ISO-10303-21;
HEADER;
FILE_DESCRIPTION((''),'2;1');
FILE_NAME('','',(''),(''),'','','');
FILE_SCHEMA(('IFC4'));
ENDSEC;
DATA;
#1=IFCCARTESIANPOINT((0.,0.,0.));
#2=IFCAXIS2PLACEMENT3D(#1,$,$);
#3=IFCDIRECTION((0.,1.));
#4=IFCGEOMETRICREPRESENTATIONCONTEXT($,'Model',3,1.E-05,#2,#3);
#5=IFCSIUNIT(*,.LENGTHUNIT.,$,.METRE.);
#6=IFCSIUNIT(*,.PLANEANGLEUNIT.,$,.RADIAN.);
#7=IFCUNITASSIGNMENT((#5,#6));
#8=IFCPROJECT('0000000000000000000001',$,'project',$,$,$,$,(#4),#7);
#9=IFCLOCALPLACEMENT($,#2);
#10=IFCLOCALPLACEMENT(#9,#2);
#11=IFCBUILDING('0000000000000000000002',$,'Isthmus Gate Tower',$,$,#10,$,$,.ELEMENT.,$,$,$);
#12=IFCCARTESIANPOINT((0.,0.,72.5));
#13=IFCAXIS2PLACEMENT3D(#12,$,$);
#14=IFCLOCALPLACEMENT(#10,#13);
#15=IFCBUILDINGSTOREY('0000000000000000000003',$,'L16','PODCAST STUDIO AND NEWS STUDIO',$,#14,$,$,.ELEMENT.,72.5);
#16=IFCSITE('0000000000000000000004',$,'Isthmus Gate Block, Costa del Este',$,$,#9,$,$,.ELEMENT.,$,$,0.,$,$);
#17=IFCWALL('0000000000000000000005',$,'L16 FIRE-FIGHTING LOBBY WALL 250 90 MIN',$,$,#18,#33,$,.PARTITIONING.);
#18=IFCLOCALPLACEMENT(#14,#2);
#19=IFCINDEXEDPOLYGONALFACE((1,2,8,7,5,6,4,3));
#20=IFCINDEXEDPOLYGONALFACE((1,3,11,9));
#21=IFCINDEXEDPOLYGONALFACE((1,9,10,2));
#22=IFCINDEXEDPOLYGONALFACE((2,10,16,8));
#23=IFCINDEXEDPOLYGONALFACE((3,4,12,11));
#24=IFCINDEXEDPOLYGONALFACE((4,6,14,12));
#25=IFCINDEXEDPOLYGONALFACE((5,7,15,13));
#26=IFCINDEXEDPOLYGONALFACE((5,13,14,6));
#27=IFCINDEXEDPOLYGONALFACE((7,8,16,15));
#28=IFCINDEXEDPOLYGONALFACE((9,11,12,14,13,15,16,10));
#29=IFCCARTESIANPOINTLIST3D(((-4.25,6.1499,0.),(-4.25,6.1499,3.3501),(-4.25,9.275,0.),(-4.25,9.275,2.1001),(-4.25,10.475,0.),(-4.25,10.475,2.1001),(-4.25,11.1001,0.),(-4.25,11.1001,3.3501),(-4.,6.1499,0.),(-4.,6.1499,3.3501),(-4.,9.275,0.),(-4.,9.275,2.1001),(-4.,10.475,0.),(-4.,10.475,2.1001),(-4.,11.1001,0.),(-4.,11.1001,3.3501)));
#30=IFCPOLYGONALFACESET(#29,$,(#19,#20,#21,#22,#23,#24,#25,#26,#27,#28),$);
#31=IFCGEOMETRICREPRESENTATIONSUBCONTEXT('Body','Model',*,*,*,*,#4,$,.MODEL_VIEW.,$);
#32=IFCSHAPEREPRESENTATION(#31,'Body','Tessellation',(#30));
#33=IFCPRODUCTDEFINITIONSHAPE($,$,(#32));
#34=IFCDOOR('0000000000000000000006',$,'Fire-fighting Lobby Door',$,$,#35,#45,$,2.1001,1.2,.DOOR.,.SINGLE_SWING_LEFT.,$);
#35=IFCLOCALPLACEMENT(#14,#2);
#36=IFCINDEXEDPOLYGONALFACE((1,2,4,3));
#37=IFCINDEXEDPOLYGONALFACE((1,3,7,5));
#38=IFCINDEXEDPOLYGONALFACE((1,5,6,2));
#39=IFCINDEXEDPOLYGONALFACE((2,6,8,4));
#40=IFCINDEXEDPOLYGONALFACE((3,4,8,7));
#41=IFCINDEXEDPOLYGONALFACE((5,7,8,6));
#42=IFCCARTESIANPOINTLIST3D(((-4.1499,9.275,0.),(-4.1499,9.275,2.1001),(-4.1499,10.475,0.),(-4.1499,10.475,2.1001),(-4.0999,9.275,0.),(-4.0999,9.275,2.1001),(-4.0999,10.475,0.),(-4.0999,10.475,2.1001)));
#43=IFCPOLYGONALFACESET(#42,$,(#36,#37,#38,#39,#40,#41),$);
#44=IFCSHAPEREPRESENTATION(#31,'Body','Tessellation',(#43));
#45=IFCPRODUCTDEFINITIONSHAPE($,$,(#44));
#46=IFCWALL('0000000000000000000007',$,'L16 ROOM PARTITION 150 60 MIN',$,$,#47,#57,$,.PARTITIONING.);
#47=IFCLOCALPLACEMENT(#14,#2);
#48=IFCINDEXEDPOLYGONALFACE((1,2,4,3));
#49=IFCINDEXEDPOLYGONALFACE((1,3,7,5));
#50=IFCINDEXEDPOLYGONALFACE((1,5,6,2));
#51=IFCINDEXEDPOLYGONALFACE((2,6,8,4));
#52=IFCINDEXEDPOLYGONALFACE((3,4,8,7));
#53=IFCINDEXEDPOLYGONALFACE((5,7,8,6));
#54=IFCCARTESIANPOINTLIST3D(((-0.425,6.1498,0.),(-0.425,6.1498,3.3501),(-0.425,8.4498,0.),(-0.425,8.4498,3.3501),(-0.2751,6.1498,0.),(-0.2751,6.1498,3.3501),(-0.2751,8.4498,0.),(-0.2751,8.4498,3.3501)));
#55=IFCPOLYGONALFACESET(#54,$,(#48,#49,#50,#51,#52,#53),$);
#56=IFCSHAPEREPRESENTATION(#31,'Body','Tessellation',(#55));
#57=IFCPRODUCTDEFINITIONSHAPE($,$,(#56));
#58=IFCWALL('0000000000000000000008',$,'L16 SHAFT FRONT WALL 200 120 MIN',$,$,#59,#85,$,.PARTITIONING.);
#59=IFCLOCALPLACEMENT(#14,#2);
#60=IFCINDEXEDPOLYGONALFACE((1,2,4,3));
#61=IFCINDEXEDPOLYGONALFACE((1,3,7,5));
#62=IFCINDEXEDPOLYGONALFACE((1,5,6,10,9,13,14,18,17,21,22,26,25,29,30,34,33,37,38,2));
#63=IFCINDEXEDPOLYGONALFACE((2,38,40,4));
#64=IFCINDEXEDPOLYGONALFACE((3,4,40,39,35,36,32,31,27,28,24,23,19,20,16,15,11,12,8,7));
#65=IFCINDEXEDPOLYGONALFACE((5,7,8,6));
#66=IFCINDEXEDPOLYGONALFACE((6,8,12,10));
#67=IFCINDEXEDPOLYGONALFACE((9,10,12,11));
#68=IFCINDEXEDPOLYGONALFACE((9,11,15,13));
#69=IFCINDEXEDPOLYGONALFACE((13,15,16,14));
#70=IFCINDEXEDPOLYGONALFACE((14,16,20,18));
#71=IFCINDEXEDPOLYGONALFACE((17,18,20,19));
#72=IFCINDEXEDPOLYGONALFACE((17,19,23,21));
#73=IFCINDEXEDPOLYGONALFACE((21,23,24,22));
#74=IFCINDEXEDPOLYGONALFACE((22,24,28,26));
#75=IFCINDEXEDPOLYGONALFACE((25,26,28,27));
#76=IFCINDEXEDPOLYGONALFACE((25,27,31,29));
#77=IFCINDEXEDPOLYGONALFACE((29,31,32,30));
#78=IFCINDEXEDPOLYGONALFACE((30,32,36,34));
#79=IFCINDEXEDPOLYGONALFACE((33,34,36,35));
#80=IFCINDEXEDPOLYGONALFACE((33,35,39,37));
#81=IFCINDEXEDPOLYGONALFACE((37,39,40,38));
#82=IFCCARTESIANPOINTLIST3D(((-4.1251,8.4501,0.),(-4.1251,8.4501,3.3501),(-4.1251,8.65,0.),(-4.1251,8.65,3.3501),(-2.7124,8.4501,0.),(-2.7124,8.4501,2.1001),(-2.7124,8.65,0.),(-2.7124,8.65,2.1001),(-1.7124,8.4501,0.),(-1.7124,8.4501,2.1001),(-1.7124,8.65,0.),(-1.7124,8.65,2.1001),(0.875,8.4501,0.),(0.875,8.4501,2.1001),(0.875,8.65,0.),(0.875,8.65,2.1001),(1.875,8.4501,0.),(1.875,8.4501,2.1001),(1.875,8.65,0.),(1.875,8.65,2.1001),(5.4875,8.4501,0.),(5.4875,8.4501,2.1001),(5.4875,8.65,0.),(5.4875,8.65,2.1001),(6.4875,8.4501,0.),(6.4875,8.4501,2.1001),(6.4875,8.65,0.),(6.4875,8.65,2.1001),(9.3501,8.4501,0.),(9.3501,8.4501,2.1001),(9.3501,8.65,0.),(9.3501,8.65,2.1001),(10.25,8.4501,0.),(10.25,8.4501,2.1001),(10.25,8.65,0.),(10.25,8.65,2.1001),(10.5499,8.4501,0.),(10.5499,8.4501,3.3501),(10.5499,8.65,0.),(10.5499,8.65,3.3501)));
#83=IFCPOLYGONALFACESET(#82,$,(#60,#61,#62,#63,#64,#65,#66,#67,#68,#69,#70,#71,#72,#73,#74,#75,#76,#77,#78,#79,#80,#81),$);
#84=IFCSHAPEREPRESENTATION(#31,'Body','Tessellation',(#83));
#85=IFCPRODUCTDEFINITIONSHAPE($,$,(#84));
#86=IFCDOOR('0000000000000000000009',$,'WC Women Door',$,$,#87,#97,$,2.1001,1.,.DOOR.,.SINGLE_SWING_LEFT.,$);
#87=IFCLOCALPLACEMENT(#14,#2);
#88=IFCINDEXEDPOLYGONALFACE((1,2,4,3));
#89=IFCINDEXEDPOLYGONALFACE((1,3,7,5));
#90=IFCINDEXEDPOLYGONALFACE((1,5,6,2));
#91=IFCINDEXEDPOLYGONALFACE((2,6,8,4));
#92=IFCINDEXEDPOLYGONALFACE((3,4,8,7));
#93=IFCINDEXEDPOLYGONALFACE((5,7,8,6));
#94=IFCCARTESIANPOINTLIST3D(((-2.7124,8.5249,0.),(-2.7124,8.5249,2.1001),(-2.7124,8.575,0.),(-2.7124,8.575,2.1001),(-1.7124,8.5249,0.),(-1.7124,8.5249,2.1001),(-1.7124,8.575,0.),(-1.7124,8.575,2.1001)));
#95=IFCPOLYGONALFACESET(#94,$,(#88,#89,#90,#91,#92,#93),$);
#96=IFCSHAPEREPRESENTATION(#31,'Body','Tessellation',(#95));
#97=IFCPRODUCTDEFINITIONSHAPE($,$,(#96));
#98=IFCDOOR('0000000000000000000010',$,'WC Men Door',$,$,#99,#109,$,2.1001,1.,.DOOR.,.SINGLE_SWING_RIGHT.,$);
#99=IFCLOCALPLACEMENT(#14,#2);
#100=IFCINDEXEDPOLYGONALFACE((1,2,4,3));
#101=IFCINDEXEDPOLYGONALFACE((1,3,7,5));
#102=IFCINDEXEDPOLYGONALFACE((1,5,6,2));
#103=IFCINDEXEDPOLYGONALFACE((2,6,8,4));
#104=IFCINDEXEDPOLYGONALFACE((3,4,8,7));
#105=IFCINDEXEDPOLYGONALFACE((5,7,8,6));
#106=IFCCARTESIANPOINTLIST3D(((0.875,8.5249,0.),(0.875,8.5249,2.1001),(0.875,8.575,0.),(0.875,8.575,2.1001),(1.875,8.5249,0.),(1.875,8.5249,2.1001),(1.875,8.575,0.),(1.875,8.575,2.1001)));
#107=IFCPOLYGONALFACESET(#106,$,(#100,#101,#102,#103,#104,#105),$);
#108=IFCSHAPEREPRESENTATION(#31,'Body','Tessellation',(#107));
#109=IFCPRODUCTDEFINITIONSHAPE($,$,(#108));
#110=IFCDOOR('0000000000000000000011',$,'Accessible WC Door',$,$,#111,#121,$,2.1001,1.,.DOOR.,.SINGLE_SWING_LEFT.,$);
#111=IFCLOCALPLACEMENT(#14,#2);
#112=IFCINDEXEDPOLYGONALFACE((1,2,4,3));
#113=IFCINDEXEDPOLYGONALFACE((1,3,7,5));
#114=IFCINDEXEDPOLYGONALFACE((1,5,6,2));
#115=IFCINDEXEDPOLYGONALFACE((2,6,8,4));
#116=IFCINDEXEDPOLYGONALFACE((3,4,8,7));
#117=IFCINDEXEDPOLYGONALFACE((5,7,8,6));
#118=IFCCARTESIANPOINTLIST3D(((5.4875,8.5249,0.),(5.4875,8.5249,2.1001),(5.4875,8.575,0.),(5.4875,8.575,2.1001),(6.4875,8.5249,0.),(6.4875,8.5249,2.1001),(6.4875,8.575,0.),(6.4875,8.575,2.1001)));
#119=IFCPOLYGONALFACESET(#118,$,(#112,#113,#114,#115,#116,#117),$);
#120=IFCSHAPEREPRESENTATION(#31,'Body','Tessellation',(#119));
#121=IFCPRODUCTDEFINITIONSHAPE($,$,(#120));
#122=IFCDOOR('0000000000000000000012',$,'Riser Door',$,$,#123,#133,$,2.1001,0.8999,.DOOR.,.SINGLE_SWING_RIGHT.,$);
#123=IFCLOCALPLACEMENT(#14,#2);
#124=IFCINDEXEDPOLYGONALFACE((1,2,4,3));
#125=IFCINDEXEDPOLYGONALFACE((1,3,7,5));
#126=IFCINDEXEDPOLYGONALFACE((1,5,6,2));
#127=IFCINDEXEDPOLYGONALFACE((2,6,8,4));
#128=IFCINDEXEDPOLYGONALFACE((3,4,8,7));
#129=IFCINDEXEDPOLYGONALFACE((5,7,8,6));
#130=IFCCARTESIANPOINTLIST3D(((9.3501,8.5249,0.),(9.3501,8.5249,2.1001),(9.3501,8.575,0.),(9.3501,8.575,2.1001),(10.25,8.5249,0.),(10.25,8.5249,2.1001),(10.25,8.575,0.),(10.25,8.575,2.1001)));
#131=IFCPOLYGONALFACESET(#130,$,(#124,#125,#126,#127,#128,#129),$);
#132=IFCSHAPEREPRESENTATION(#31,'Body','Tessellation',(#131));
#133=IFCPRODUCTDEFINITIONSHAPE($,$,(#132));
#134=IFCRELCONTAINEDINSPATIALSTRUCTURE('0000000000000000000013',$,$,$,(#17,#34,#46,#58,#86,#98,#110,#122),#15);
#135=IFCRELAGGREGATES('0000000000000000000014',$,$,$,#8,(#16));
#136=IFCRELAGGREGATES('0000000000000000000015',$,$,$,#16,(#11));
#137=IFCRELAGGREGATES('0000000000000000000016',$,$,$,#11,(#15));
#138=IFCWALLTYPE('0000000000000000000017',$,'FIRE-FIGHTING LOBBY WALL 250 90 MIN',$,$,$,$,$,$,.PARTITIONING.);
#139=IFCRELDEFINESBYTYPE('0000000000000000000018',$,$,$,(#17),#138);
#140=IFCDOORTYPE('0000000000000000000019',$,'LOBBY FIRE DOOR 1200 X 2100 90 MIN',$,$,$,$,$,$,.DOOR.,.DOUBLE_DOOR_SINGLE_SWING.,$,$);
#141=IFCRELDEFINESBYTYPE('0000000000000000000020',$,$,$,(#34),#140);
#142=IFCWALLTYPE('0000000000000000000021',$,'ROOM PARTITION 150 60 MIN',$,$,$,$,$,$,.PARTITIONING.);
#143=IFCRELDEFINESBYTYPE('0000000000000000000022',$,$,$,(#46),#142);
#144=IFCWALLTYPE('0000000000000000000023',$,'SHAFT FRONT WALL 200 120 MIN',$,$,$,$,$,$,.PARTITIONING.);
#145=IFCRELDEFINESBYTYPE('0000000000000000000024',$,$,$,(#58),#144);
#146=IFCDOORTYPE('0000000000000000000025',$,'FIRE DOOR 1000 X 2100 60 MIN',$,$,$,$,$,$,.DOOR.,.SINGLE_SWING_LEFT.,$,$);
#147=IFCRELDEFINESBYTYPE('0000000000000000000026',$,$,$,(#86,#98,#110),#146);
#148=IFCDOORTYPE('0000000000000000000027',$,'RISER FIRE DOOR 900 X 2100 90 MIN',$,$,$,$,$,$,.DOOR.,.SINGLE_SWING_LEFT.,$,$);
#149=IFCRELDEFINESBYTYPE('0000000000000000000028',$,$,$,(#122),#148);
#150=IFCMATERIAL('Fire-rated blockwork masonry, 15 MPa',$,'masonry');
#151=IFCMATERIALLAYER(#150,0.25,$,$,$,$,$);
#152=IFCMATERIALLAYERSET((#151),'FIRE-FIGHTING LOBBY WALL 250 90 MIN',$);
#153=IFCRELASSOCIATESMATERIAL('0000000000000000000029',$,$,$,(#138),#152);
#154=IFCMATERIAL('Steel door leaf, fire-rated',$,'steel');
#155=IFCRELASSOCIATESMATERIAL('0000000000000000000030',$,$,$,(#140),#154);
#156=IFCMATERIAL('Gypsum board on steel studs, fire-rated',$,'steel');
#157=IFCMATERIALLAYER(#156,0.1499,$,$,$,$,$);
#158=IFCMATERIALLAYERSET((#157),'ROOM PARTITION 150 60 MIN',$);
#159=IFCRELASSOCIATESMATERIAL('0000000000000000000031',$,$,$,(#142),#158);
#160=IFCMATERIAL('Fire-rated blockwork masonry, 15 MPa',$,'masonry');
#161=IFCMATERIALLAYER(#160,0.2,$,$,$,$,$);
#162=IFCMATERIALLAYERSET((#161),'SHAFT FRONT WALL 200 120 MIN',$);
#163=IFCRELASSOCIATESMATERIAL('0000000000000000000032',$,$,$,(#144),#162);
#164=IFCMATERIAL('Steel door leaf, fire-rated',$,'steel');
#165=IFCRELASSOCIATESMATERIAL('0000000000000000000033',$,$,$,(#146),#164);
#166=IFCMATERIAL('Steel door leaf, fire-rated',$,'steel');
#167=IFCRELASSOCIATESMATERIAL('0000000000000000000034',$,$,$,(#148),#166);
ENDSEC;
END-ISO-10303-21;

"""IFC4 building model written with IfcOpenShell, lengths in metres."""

from ifc_helpers import new_model, si_unit, direction, frame, frame_2d, origin, place, context, subcontext, project, spatial, rectangle, extrude, material, layer, layer_set, type_object, element, fill, save


model = new_model("IFC4")

# Units and contexts
model_context = context("Model", 3, precision=1e-05, world=origin(), true_north=direction((0.0, 1.0)))
body_context = subcontext(model_context, "Body", "Model", "MODEL_VIEW")
ifc_project = project(units=[si_unit("LENGTHUNIT", "METRE"), si_unit("PLANEANGLEUNIT", "RADIAN")], contexts=[model_context])

# Site, building, storey
site_placement = place(None, origin())
site = spatial("IfcSite", under=ifc_project, at=site_placement, Name="Isthmus Gate Block, Costa del Este", CompositionType="ELEMENT", RefElevation=0.0)
building_placement = place(site_placement, origin())
building = spatial("IfcBuilding", under=site, at=building_placement, Name="Isthmus Gate Tower", CompositionType="ELEMENT")
storey_placement = place(building_placement, frame((0.0, 0.0, 72.5)))
storey = spatial("IfcBuildingStorey", under=building, at=storey_placement, Name="L16", Description="PODCAST STUDIO AND NEWS STUDIO", CompositionType="ELEMENT", Elevation=72.5)

# Wall, opening, door
ifc_material_1 = material(Name="Fire-rated blockwork masonry, 15 MPa", Category="masonry")
ifc_layer_1 = layer(ifc_material_1, 0.25)
ifc_layer_set_1 = layer_set([ifc_layer_1], Name="FIRE-FIGHTING LOBBY WALL 250 90 MIN")
wall_type_1 = type_object("IfcWallType", Name="FIRE-FIGHTING LOBBY WALL 250 90 MIN", PredefinedType="PARTITIONING", material=ifc_layer_set_1)
wall_1_placement = place(storey_placement, frame((-4.125, 6.1499, 0.0), z_axis=(0.0, 0.0, 1.0), x_axis=(0.0, 1.0, 0.0)))
wall_1 = element("IfcWall", 1, at=wall_1_placement, inside=storey, type_object=wall_type_1, Name="L16 FIRE-FIGHTING LOBBY WALL 250 90 MIN", PredefinedType="PARTITIONING", context=body_context, shape_type="SweptSolid", body=[
    extrude(rectangle(XDim=4.9502, YDim=0.25, at=frame_2d((2.4751, 0.0))), origin(), (0.0, 0.0, 1.0), 3.3501),
])
opening_1_placement = place(wall_1_placement, frame((3.125, 0.0, 0.0)))
opening_1 = element("IfcOpeningElement", 2, at=opening_1_placement, cuts=wall_1, PredefinedType="OPENING", context=body_context, shape_type="SweptSolid", body=[
    extrude(rectangle(XDim=1.2, YDim=2.1001, at=frame_2d((0.6001, 1.05))), frame((0.0, 0.135, 0.0), z_axis=(0.0, -1.0, 0.0), x_axis=(1.0, 0.0, 0.0)), (0.0, 0.0, 1.0), 0.27),
])
ifc_material_2 = material(Name="Steel door leaf, fire-rated", Category="steel")
door_type_1 = type_object("IfcDoorType", Name="LOBBY FIRE DOOR 1200 X 2100 90 MIN", OperationType="DOUBLE_DOOR_SINGLE_SWING", PredefinedType="DOOR", material=ifc_material_2)
door_1_placement = place(opening_1_placement, origin())
door_1 = element("IfcDoor", 3, at=door_1_placement, inside=storey, type_object=door_type_1, Name="Fire-fighting Lobby Door", OperationType="SINGLE_SWING_LEFT", OverallHeight=2.1001, OverallWidth=1.2, PredefinedType="DOOR", context=body_context, shape_type="SweptSolid", body=[
    extrude(rectangle(XDim=1.2, YDim=2.1001, at=frame_2d((0.6001, 1.05))), frame((0.0, 0.0249, 0.0), z_axis=(0.0, -1.0, 0.0), x_axis=(1.0, 0.0, 0.0)), (0.0, 0.0, 1.0), 0.05),
])
fill(opening_1, door_1)

# Wall
ifc_material_3 = material(Name="Gypsum board on steel studs, fire-rated", Category="steel")
ifc_layer_2 = layer(ifc_material_3, 0.1499)
ifc_layer_set_2 = layer_set([ifc_layer_2], Name="ROOM PARTITION 150 60 MIN")
wall_type_2 = type_object("IfcWallType", Name="ROOM PARTITION 150 60 MIN", PredefinedType="PARTITIONING", material=ifc_layer_set_2)
wall_2_placement = place(storey_placement, frame((-0.3501, 6.1499, 0.0), z_axis=(0.0, 0.0, 1.0), x_axis=(0.0, 1.0, 0.0)))
element("IfcWall", 4, at=wall_2_placement, inside=storey, type_object=wall_type_2, Name="L16 ROOM PARTITION 150 60 MIN", PredefinedType="PARTITIONING", context=body_context, shape_type="SweptSolid", body=[
    extrude(rectangle(XDim=2.3, YDim=0.1499, at=frame_2d((1.1499, 0.0))), origin(), (0.0, 0.0, 1.0), 3.3501),
])

# Wall, openings, doors
ifc_material_4 = material(Name="Fire-rated blockwork masonry, 15 MPa", Category="masonry")
ifc_layer_3 = layer(ifc_material_4, 0.2)
ifc_layer_set_3 = layer_set([ifc_layer_3], Name="SHAFT FRONT WALL 200 120 MIN")
wall_type_3 = type_object("IfcWallType", Name="SHAFT FRONT WALL 200 120 MIN", PredefinedType="PARTITIONING", material=ifc_layer_set_3)
wall_3_placement = place(storey_placement, frame((-4.125, 8.55, 0.0), z_axis=(0.0, 0.0, 1.0), x_axis=(1.0, 0.0, 0.0)))
wall_3 = element("IfcWall", 5, at=wall_3_placement, inside=storey, type_object=wall_type_3, Name="L16 SHAFT FRONT WALL 200 120 MIN", PredefinedType="PARTITIONING", context=body_context, shape_type="SweptSolid", body=[
    extrude(rectangle(XDim=14.675, YDim=0.2, at=frame_2d((7.3374, 0.0))), origin(), (0.0, 0.0, 1.0), 3.3501),
])
opening_2_placement = place(wall_3_placement, frame((1.4126, 0.0, 0.0)))
opening_2 = element("IfcOpeningElement", 6, at=opening_2_placement, cuts=wall_3, PredefinedType="OPENING", context=body_context, shape_type="SweptSolid", body=[
    extrude(rectangle(XDim=1.0, YDim=2.1001, at=frame_2d((0.5, 1.05))), frame((0.0, 0.1099, 0.0), z_axis=(0.0, -1.0, 0.0), x_axis=(1.0, 0.0, 0.0)), (0.0, 0.0, 1.0), 0.22),
])
opening_3_placement = place(wall_3_placement, frame((5.0, 0.0, 0.0)))
opening_3 = element("IfcOpeningElement", 7, at=opening_3_placement, cuts=wall_3, PredefinedType="OPENING", context=body_context, shape_type="SweptSolid", body=[
    extrude(rectangle(XDim=1.0, YDim=2.1001, at=frame_2d((0.5, 1.05))), frame((0.0, 0.1099, 0.0), z_axis=(0.0, -1.0, 0.0), x_axis=(1.0, 0.0, 0.0)), (0.0, 0.0, 1.0), 0.22),
])
opening_4_placement = place(wall_3_placement, frame((9.6125, 0.0, 0.0)))
opening_4 = element("IfcOpeningElement", 8, at=opening_4_placement, cuts=wall_3, PredefinedType="OPENING", context=body_context, shape_type="SweptSolid", body=[
    extrude(rectangle(XDim=1.0, YDim=2.1001, at=frame_2d((0.5, 1.05))), frame((0.0, 0.1099, 0.0), z_axis=(0.0, -1.0, 0.0), x_axis=(1.0, 0.0, 0.0)), (0.0, 0.0, 1.0), 0.22),
])
opening_5_placement = place(wall_3_placement, frame((13.4751, 0.0, 0.0)))
opening_5 = element("IfcOpeningElement", 9, at=opening_5_placement, cuts=wall_3, PredefinedType="OPENING", context=body_context, shape_type="SweptSolid", body=[
    extrude(rectangle(XDim=0.8999, YDim=2.1001, at=frame_2d((0.45, 1.05))), frame((0.0, 0.1099, 0.0), z_axis=(0.0, -1.0, 0.0), x_axis=(1.0, 0.0, 0.0)), (0.0, 0.0, 1.0), 0.22),
])
ifc_material_5 = material(Name="Steel door leaf, fire-rated", Category="steel")
door_type_2 = type_object("IfcDoorType", Name="FIRE DOOR 1000 X 2100 60 MIN", OperationType="SINGLE_SWING_LEFT", PredefinedType="DOOR", material=ifc_material_5)
door_2_placement = place(opening_2_placement, origin())
door_2 = element("IfcDoor", 10, at=door_2_placement, inside=storey, type_object=door_type_2, Name="WC Women Door", OperationType="SINGLE_SWING_LEFT", OverallHeight=2.1001, OverallWidth=1.0, PredefinedType="DOOR", context=body_context, shape_type="SweptSolid", body=[
    extrude(rectangle(XDim=1.0, YDim=2.1001, at=frame_2d((0.5, 1.05))), frame((0.0, 0.0249, 0.0), z_axis=(0.0, -1.0, 0.0), x_axis=(1.0, 0.0, 0.0)), (0.0, 0.0, 1.0), 0.05),
])
fill(opening_2, door_2)
door_3_placement = place(opening_3_placement, origin())
door_3 = element("IfcDoor", 11, at=door_3_placement, inside=storey, type_object=door_type_2, Name="WC Men Door", OperationType="SINGLE_SWING_RIGHT", OverallHeight=2.1001, OverallWidth=1.0, PredefinedType="DOOR", context=body_context, shape_type="SweptSolid", body=[
    extrude(rectangle(XDim=1.0, YDim=2.1001, at=frame_2d((0.5, 1.05))), frame((0.0, 0.0249, 0.0), z_axis=(0.0, -1.0, 0.0), x_axis=(1.0, 0.0, 0.0)), (0.0, 0.0, 1.0), 0.05),
])
fill(opening_3, door_3)
door_4_placement = place(opening_4_placement, origin())
door_4 = element("IfcDoor", 12, at=door_4_placement, inside=storey, type_object=door_type_2, Name="Accessible WC Door", OperationType="SINGLE_SWING_LEFT", OverallHeight=2.1001, OverallWidth=1.0, PredefinedType="DOOR", context=body_context, shape_type="SweptSolid", body=[
    extrude(rectangle(XDim=1.0, YDim=2.1001, at=frame_2d((0.5, 1.05))), frame((0.0, 0.0249, 0.0), z_axis=(0.0, -1.0, 0.0), x_axis=(1.0, 0.0, 0.0)), (0.0, 0.0, 1.0), 0.05),
])
fill(opening_4, door_4)
ifc_material_6 = material(Name="Steel door leaf, fire-rated", Category="steel")
door_type_3 = type_object("IfcDoorType", Name="RISER FIRE DOOR 900 X 2100 90 MIN", OperationType="SINGLE_SWING_LEFT", PredefinedType="DOOR", material=ifc_material_6)
door_5_placement = place(opening_5_placement, origin())
door_5 = element("IfcDoor", 13, at=door_5_placement, inside=storey, type_object=door_type_3, Name="Riser Door", OperationType="SINGLE_SWING_RIGHT", OverallHeight=2.1001, OverallWidth=0.8999, PredefinedType="DOOR", context=body_context, shape_type="SweptSolid", body=[
    extrude(rectangle(XDim=0.8999, YDim=2.1001, at=frame_2d((0.45, 1.05))), frame((0.0, 0.0249, 0.0), z_axis=(0.0, -1.0, 0.0), x_axis=(1.0, 0.0, 0.0)), (0.0, 0.0, 1.0), 0.05),
])
fill(opening_5, door_5)

save(model, "model.ifc")
